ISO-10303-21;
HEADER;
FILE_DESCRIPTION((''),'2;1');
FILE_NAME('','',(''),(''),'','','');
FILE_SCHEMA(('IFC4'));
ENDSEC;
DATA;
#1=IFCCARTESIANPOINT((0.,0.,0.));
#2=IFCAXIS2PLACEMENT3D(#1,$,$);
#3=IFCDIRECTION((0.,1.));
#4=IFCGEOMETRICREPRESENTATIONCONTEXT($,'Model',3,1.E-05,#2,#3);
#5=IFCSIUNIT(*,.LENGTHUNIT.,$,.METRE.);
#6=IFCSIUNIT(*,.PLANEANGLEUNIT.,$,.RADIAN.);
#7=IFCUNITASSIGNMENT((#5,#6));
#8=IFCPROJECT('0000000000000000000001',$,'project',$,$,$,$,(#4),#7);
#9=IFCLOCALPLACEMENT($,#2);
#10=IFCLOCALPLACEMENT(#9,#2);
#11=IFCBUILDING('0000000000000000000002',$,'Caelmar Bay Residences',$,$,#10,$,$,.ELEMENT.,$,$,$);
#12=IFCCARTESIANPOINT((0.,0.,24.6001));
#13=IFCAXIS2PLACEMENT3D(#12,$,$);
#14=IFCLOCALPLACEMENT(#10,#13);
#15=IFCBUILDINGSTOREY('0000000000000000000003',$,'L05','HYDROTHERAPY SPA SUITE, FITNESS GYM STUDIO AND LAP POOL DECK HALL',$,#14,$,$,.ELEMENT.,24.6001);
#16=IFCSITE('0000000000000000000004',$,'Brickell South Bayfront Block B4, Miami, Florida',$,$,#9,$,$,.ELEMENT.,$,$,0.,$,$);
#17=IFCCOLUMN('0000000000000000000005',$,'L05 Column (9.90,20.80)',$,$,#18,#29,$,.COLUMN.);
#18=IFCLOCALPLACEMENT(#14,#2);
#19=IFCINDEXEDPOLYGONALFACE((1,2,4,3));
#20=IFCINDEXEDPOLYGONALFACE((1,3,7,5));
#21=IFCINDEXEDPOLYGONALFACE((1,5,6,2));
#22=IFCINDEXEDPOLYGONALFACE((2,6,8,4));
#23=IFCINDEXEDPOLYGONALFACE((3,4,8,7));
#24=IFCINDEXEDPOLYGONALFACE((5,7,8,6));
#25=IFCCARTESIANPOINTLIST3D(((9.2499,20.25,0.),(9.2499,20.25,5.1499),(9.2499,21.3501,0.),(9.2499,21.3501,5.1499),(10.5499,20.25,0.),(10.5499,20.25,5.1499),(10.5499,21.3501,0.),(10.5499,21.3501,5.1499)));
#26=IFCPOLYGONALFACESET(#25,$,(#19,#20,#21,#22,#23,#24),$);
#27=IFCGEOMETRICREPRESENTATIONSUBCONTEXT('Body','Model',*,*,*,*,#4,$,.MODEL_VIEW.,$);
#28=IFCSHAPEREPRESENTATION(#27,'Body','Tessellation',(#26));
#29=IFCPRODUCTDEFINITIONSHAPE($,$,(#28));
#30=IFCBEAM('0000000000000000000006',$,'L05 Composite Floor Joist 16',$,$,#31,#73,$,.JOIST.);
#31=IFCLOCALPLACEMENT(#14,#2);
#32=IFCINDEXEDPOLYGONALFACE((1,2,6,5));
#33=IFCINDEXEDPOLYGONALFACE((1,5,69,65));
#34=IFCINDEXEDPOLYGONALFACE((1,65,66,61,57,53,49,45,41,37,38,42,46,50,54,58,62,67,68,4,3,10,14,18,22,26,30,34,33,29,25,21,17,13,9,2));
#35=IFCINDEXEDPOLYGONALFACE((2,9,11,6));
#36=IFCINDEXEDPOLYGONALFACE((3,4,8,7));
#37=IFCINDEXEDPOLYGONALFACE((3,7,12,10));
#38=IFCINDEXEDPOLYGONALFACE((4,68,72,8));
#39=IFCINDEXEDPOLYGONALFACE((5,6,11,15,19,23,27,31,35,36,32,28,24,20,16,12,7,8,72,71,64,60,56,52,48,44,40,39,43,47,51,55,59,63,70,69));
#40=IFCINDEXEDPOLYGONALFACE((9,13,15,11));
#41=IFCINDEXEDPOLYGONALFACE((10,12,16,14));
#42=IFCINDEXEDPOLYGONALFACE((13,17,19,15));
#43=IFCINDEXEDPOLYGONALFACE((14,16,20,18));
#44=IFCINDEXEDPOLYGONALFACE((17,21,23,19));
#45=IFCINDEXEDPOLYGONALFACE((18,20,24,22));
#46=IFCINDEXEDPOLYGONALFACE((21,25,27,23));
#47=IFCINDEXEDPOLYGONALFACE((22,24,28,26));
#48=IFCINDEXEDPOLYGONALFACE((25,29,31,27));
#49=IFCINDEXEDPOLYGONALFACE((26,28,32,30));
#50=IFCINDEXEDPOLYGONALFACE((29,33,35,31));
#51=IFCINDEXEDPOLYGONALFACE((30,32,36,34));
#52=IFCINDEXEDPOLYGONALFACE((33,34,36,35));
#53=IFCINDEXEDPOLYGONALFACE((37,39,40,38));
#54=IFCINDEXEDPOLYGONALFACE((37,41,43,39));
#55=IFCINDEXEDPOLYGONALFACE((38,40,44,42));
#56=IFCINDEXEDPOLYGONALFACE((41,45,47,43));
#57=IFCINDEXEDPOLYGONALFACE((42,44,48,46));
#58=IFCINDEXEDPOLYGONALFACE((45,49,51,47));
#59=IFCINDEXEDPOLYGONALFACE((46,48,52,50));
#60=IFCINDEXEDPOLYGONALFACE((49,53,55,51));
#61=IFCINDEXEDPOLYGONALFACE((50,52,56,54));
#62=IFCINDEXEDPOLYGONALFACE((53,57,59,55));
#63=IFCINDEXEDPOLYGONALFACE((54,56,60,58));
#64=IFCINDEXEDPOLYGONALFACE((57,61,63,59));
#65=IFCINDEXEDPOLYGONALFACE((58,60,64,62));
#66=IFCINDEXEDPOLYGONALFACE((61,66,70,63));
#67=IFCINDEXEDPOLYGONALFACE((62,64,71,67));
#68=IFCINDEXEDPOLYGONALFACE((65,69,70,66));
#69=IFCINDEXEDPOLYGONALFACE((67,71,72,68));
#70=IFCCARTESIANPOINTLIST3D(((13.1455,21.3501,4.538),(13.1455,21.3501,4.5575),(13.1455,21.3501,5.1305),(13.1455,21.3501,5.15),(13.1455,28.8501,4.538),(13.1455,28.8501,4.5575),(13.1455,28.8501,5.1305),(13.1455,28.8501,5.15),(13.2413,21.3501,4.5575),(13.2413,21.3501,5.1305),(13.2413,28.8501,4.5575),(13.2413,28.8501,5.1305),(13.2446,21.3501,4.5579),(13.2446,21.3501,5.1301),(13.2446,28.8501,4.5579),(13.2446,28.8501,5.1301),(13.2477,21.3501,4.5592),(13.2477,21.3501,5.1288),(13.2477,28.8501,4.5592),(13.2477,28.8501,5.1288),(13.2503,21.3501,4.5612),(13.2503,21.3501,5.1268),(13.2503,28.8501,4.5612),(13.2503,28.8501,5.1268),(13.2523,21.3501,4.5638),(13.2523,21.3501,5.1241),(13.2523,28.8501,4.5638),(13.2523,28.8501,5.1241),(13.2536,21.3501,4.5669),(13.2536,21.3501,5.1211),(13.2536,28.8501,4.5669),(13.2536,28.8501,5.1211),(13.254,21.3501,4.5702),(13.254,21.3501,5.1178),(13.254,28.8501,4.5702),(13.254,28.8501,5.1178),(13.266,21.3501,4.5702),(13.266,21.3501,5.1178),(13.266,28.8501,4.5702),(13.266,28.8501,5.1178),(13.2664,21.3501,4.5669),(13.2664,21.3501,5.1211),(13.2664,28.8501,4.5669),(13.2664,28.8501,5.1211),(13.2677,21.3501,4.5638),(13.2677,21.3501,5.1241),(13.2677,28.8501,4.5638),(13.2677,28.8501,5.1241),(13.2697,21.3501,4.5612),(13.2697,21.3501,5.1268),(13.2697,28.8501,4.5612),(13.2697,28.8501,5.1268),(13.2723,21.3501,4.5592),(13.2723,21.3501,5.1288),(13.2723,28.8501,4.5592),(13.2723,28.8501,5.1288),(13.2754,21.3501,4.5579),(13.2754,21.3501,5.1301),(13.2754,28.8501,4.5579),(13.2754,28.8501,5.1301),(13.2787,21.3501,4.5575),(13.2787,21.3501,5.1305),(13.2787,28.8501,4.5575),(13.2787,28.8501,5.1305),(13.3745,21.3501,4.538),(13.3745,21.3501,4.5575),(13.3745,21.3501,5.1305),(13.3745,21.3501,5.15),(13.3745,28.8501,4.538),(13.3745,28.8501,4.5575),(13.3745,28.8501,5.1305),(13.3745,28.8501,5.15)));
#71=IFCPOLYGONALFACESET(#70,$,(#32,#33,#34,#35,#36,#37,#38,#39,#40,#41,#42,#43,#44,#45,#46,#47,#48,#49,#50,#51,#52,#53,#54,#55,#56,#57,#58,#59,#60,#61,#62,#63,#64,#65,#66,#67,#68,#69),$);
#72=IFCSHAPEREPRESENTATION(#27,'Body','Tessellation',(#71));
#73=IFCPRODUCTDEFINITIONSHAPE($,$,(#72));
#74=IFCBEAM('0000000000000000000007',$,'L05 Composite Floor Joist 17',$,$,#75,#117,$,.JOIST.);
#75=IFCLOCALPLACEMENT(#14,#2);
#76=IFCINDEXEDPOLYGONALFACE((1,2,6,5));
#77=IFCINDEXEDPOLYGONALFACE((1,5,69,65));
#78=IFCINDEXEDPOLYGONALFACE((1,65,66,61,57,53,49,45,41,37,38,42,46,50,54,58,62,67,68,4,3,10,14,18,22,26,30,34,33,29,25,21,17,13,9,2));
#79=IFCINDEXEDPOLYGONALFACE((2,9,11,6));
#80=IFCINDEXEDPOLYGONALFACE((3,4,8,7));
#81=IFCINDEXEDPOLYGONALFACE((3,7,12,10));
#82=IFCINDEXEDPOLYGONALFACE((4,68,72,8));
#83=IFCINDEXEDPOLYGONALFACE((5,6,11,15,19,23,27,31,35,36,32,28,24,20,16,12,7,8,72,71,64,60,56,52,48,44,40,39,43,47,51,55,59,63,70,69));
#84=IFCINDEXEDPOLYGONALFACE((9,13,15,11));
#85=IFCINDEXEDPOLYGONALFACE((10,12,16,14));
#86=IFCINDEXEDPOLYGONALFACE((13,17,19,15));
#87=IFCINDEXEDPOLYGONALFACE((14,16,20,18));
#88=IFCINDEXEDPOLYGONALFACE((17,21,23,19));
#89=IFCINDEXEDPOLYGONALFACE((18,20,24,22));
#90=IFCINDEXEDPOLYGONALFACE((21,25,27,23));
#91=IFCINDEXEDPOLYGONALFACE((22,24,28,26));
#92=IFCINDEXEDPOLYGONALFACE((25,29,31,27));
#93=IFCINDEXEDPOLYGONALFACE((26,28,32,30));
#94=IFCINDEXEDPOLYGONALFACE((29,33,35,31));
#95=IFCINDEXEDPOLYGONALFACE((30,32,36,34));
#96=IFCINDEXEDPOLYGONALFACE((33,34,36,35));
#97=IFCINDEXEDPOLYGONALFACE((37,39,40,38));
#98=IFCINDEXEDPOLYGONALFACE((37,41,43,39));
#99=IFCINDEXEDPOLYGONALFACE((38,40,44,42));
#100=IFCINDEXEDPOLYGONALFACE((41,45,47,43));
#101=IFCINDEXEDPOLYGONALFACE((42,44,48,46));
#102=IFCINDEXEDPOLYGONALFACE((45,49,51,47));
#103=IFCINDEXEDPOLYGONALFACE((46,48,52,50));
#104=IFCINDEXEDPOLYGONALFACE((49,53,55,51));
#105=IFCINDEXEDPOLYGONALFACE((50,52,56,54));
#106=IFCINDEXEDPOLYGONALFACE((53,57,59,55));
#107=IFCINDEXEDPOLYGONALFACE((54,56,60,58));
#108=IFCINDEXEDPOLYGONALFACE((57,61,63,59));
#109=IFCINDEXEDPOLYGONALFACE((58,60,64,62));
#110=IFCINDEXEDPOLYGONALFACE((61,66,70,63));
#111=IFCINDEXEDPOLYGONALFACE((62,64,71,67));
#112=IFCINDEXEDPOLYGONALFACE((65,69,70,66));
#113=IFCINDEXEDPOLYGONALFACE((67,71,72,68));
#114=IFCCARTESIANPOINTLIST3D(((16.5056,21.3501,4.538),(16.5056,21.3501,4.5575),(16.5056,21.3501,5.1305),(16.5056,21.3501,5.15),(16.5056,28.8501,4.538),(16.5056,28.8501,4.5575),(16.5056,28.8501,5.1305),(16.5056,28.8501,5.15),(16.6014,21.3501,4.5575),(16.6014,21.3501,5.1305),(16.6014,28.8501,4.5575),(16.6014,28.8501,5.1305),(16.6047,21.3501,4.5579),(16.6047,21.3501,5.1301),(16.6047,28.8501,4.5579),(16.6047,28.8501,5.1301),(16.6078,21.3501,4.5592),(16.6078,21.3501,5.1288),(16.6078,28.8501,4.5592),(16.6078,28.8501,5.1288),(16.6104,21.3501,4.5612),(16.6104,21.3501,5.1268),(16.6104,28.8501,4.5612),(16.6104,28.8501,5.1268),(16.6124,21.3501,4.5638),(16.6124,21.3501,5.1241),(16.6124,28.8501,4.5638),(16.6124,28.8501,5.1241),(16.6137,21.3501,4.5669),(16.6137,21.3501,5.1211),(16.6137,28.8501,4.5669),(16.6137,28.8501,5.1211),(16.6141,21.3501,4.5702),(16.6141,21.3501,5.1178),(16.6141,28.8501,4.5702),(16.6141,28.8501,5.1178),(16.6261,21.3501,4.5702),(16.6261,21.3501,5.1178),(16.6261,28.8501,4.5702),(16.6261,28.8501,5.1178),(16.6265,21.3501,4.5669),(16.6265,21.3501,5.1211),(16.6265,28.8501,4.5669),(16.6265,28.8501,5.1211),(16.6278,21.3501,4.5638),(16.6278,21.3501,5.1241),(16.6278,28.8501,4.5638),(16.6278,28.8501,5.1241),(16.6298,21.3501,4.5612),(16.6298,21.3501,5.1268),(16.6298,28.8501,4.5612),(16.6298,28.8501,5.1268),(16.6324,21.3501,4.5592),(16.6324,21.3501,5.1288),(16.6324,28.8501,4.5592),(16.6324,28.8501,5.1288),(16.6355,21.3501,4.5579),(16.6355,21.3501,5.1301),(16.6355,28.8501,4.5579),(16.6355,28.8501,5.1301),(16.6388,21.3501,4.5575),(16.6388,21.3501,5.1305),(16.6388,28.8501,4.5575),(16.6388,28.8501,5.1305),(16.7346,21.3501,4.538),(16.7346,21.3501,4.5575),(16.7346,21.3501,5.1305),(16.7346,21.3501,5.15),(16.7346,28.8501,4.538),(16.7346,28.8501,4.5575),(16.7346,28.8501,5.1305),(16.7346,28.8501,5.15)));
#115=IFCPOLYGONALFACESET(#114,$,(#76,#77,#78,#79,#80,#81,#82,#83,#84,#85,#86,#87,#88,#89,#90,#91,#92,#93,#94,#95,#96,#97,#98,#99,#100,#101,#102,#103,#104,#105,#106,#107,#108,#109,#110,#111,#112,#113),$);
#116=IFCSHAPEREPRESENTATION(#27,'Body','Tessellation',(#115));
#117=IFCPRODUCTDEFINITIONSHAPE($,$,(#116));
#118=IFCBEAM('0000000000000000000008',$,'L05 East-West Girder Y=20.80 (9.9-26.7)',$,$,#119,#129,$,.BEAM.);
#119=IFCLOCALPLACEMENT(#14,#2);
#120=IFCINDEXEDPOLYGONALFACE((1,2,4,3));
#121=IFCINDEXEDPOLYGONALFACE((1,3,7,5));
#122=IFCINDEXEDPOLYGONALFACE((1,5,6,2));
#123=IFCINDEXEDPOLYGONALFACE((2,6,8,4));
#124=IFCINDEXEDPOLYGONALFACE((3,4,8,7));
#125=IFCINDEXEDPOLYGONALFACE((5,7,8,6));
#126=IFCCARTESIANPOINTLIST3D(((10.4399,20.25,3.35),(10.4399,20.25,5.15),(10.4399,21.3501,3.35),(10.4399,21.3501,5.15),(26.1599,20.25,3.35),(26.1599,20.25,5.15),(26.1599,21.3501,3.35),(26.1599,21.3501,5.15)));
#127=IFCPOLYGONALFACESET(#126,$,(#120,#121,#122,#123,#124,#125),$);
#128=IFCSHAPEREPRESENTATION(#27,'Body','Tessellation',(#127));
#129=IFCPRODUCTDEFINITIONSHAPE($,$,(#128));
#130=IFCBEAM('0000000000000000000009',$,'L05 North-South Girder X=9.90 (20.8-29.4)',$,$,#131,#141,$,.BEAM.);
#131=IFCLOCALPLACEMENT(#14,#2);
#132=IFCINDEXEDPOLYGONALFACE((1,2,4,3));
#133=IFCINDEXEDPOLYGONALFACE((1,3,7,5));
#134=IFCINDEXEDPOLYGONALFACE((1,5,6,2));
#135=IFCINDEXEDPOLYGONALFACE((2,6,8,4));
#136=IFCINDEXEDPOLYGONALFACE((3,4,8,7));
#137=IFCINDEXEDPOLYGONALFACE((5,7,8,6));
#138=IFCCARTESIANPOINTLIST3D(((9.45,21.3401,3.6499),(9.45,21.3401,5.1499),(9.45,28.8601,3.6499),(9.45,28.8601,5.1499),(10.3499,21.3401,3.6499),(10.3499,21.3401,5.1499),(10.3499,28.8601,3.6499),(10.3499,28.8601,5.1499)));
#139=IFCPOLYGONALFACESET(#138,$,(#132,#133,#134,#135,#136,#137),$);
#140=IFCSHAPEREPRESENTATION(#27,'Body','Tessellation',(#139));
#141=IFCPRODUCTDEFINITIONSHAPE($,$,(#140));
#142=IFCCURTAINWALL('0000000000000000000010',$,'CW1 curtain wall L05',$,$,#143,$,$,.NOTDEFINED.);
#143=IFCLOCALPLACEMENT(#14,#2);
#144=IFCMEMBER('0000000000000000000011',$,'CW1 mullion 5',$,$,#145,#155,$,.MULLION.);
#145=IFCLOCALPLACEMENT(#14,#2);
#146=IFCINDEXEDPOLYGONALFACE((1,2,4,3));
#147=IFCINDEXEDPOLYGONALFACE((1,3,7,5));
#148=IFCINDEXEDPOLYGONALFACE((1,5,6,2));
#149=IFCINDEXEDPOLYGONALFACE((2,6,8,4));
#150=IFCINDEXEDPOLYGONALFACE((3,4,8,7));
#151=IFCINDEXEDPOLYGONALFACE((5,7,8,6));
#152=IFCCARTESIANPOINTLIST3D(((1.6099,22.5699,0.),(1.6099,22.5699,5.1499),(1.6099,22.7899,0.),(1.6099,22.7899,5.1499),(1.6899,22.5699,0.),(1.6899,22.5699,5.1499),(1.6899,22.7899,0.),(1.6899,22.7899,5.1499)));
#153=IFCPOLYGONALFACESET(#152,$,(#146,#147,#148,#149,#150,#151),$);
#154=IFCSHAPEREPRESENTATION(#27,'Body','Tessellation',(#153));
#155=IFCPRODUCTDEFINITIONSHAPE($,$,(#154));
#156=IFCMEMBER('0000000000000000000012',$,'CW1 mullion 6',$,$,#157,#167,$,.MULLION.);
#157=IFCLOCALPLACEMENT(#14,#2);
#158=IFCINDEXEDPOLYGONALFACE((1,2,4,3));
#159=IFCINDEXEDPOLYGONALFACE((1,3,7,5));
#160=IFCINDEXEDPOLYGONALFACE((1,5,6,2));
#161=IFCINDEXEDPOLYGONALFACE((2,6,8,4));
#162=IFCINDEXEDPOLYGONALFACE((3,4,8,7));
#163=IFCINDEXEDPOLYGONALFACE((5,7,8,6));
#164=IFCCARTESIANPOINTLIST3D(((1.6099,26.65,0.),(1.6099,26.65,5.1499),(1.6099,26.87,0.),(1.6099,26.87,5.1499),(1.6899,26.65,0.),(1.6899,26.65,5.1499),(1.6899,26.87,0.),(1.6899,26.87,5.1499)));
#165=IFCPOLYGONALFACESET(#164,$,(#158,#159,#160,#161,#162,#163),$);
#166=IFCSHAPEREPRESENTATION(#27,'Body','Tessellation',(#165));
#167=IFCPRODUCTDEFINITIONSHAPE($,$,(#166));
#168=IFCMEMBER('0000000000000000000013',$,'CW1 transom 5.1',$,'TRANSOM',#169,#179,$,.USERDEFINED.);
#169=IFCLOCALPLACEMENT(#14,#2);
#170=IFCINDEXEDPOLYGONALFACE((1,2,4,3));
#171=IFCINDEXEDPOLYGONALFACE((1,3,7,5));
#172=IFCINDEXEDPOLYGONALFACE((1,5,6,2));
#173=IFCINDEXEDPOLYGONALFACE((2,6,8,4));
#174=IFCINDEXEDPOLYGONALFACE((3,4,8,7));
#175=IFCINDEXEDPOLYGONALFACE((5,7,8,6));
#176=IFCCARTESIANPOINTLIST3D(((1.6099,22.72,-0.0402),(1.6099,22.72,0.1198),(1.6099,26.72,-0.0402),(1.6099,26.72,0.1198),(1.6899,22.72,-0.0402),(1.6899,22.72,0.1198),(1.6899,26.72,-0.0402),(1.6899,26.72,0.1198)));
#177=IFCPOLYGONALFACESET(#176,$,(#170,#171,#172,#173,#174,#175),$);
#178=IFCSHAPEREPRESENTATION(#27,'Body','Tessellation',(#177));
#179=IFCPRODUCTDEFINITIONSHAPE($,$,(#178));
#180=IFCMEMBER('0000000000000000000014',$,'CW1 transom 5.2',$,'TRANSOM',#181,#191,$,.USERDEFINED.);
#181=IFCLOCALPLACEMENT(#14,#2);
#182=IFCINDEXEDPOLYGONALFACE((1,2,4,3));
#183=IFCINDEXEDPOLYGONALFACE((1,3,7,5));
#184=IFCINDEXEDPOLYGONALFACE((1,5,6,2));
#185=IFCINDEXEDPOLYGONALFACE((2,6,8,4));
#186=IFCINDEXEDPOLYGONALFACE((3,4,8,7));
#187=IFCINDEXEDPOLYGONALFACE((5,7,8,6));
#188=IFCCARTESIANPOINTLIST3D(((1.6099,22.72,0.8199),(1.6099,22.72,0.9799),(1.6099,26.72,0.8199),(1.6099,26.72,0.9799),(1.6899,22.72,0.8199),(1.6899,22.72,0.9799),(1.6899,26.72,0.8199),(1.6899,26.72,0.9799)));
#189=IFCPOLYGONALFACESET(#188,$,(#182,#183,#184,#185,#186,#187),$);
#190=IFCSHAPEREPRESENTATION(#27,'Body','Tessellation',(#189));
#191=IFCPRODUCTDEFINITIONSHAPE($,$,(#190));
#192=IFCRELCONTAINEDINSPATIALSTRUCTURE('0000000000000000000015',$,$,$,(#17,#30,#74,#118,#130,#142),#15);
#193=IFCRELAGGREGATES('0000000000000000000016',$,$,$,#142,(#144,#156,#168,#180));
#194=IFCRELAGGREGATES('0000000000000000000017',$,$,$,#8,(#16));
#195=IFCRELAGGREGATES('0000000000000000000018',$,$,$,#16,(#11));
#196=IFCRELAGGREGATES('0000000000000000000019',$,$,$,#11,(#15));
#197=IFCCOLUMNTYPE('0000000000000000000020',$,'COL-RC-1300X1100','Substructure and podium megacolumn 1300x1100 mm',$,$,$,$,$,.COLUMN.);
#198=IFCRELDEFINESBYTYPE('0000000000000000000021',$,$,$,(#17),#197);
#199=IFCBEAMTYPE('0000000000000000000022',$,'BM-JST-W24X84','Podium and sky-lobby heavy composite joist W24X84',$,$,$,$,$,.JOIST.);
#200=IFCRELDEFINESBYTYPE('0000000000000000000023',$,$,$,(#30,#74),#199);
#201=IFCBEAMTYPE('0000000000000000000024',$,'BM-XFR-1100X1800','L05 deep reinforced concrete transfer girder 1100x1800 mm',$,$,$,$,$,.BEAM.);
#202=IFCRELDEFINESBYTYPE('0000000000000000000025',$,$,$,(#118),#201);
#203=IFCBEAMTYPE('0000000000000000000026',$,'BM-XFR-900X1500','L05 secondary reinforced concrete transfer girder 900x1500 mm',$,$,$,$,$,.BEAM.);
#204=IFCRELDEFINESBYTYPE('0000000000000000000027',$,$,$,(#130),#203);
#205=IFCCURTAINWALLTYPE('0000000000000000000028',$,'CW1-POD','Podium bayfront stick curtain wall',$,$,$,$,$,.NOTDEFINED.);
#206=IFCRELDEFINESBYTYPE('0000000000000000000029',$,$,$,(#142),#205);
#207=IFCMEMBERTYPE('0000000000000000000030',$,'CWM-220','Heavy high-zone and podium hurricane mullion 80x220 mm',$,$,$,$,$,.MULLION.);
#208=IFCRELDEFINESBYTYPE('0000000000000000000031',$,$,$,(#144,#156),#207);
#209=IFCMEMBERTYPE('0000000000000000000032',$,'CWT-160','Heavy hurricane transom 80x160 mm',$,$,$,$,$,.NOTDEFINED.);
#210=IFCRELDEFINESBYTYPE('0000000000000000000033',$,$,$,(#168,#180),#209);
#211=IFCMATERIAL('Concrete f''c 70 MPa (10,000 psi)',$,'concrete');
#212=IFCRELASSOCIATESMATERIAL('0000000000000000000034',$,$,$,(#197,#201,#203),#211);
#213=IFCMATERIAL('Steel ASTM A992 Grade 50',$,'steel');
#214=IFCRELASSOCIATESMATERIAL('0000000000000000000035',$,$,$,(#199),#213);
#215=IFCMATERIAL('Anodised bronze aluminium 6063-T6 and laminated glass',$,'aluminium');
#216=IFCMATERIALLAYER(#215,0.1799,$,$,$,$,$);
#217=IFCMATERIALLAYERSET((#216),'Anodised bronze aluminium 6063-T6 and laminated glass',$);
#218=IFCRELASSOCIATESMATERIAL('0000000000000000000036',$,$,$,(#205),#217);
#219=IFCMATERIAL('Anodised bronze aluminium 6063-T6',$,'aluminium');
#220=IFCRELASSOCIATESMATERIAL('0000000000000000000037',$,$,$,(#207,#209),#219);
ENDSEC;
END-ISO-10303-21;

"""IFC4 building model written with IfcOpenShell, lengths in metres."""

from ifc_helpers import new_model, si_unit, direction, frame, origin, origin_2d, place, context, subcontext, project, spatial, rectangle, i_section, extrude, material, layer, layer_set, material_profile, profile_set, type_object, element, aggregate, save


model = new_model("IFC4")

# Units and contexts
model_context = context("Model", 3, precision=1e-05, world=origin(), true_north=direction((0.0, 1.0)))
body_context = subcontext(model_context, "Body", "Model", "MODEL_VIEW")
ifc_project = project(units=[si_unit("LENGTHUNIT", "METRE"), si_unit("PLANEANGLEUNIT", "RADIAN")], contexts=[model_context])

# Site, building, storey
site_placement = place(None, origin())
site = spatial("IfcSite", under=ifc_project, at=site_placement, Name="Brickell South Bayfront Block B4, Miami, Florida", CompositionType="ELEMENT", RefElevation=0.0)
building_placement = place(site_placement, origin())
building = spatial("IfcBuilding", under=site, at=building_placement, Name="Caelmar Bay Residences", CompositionType="ELEMENT")
storey_placement = place(building_placement, frame((0.0, 0.0, 24.6001)))
storey = spatial("IfcBuildingStorey", under=building, at=storey_placement, Name="L05", Description="HYDROTHERAPY SPA SUITE, FITNESS GYM STUDIO AND LAP POOL DECK HALL", CompositionType="ELEMENT", Elevation=24.6001)

# Column
ifc_material_1 = material(Name="Concrete f'c 70 MPa (10,000 psi)", Category="concrete")
ifc_material_profile_1 = material_profile(ifc_material_1, rectangle(XDim=1.3, YDim=1.1001, at=origin_2d()), Name="RC-COL-1300X1100")
ifc_profile_set_1 = profile_set([ifc_material_profile_1], Name="Concrete f'c 70 MPa (10,000 psi)")
column_type = type_object("IfcColumnType", Name="COL-RC-1300X1100", Description="Substructure and podium megacolumn 1300x1100 mm", PredefinedType="COLUMN", material=ifc_profile_set_1)
column_placement = place(storey_placement, frame((9.8999, 20.8, 0.0), z_axis=(0.0, 0.0, 1.0), x_axis=(1.0, 0.0, 0.0)))
element("IfcColumn", 1, at=column_placement, inside=storey, type_object=column_type, Name="L05 Column (9.90,20.80)", PredefinedType="COLUMN", context=body_context, shape_type="SweptSolid", body=[
    extrude(rectangle(XDim=1.3, YDim=1.1001, at=origin_2d()), origin(), (0.0, 0.0, 1.0), 5.1499),
])

# Beams
ifc_material_2 = material(Name="Steel ASTM A992 Grade 50", Category="steel")
ifc_material_profile_2 = material_profile(ifc_material_2, i_section(OverallWidth=0.229, OverallDepth=0.6121, WebThickness=0.012, FlangeThickness=0.0195, FilletRadius=0.0127, at=origin_2d()), Name="W24X84")
ifc_profile_set_2 = profile_set([ifc_material_profile_2], Name="Steel ASTM A992 Grade 50")
beam_type_1 = type_object("IfcBeamType", Name="BM-JST-W24X84", Description="Podium and sky-lobby heavy composite joist W24X84", PredefinedType="JOIST", material=ifc_profile_set_2)
for number, where, z_axis, x_axis, name in (
    (2, (13.26, 21.3501, 4.844), (0.0, 1.0, 0.0), (-1.0, 0.0, 0.0), "L05 Composite Floor Joist 16"),
    (3, (16.6201, 21.3501, 4.844), (0.0, 1.0, 0.0), (-1.0, 0.0, 0.0), "L05 Composite Floor Joist 17"),
):
    element("IfcBeam", number, at=place(storey_placement, frame(where, z_axis=z_axis, x_axis=x_axis)), inside=storey, type_object=beam_type_1, Name=name, PredefinedType="JOIST", context=body_context, shape_type="SweptSolid", body=[
        extrude(i_section(OverallWidth=0.229, OverallDepth=0.6121, WebThickness=0.012, FlangeThickness=0.0195, FilletRadius=0.0127, at=origin_2d()), origin(), (0.0, 0.0, 1.0), 7.5),
    ])
ifc_material_profile_3 = material_profile(ifc_material_1, rectangle(XDim=1.1001, YDim=1.8, at=origin_2d()), Name="RC-BM-1100X1800")
ifc_profile_set_3 = profile_set([ifc_material_profile_3], Name="Concrete f'c 70 MPa (10,000 psi)")
beam_type_2 = type_object("IfcBeamType", Name="BM-XFR-1100X1800", Description="L05 deep reinforced concrete transfer girder 1100x1800 mm", PredefinedType="BEAM", material=ifc_profile_set_3)
beam_1_placement = place(storey_placement, frame((10.4399, 20.8, 4.25), z_axis=(1.0, 0.0, 0.0), x_axis=(0.0, 1.0, 0.0)))
element("IfcBeam", 4, at=beam_1_placement, inside=storey, type_object=beam_type_2, Name="L05 East-West Girder Y=20.80 (9.9-26.7)", PredefinedType="BEAM", context=body_context, shape_type="SweptSolid", body=[
    extrude(rectangle(XDim=1.1001, YDim=1.8, at=origin_2d()), origin(), (0.0, 0.0, 1.0), 15.72),
])
ifc_material_profile_4 = material_profile(ifc_material_1, rectangle(XDim=0.8999, YDim=1.5, at=origin_2d()), Name="RC-BM-900X1500")
ifc_profile_set_4 = profile_set([ifc_material_profile_4], Name="Concrete f'c 70 MPa (10,000 psi)")
beam_type_3 = type_object("IfcBeamType", Name="BM-XFR-900X1500", Description="L05 secondary reinforced concrete transfer girder 900x1500 mm", PredefinedType="BEAM", material=ifc_profile_set_4)
beam_2_placement = place(storey_placement, frame((9.8999, 21.3401, 4.3999), z_axis=(0.0, 1.0, 0.0), x_axis=(-1.0, 0.0, 0.0)))
element("IfcBeam", 5, at=beam_2_placement, inside=storey, type_object=beam_type_3, Name="L05 North-South Girder X=9.90 (20.8-29.4)", PredefinedType="BEAM", context=body_context, shape_type="SweptSolid", body=[
    extrude(rectangle(XDim=0.8999, YDim=1.5, at=origin_2d()), origin(), (0.0, 0.0, 1.0), 7.52),
])

# Curtain wall, members
ifc_material_3 = material(Name="Anodised bronze aluminium 6063-T6 and laminated glass", Category="aluminium")
ifc_layer_1 = layer(ifc_material_3, 0.1799)
ifc_layer_set_1 = layer_set([ifc_layer_1], Name="Anodised bronze aluminium 6063-T6 and laminated glass")
curtain_wall_type = type_object("IfcCurtainWallType", Name="CW1-POD", Description="Podium bayfront stick curtain wall", PredefinedType="NOTDEFINED", material=ifc_layer_set_1)
curtain_wall_placement = place(storey_placement, origin())
curtain_wall = element("IfcCurtainWall", 6, at=curtain_wall_placement, inside=storey, type_object=curtain_wall_type, Name="CW1 curtain wall L05", PredefinedType="NOTDEFINED")
ifc_material_4 = material(Name="Anodised bronze aluminium 6063-T6", Category="aluminium")
ifc_material_profile_5 = material_profile(ifc_material_4, rectangle(XDim=0.0801, YDim=0.22, at=origin_2d()), Name="CWM-80X220")
ifc_profile_set_5 = profile_set([ifc_material_profile_5], Name="Anodised bronze aluminium 6063-T6")
member_type_1 = type_object("IfcMemberType", Name="CWM-220", Description="Heavy high-zone and podium hurricane mullion 80x220 mm", PredefinedType="MULLION", material=ifc_profile_set_5)
member_1_placement = place(storey_placement, frame((1.6499, 22.6799, 0.0), z_axis=(0.0, 0.0, 1.0), x_axis=(-1.0, 0.0, 0.0)))
member_1 = element("IfcMember", 7, at=member_1_placement, type_object=member_type_1, Name="CW1 mullion 5", PredefinedType="MULLION", context=body_context, shape_type="SweptSolid", body=[
    extrude(rectangle(XDim=0.0801, YDim=0.22, at=origin_2d()), origin(), (0.0, 0.0, 1.0), 5.1499),
])
member_2_placement = place(storey_placement, frame((1.6499, 26.76, 0.0), z_axis=(0.0, 0.0, 1.0), x_axis=(-1.0, 0.0, 0.0)))
member_2 = element("IfcMember", 8, at=member_2_placement, type_object=member_type_1, Name="CW1 mullion 6", PredefinedType="MULLION", context=body_context, shape_type="SweptSolid", body=[
    extrude(rectangle(XDim=0.0801, YDim=0.22, at=origin_2d()), origin(), (0.0, 0.0, 1.0), 5.1499),
])
ifc_material_profile_6 = material_profile(ifc_material_4, rectangle(XDim=0.0801, YDim=0.1599, at=origin_2d()), Name="CWT-80X160")
ifc_profile_set_6 = profile_set([ifc_material_profile_6], Name="Anodised bronze aluminium 6063-T6")
member_type_2 = type_object("IfcMemberType", Name="CWT-160", Description="Heavy hurricane transom 80x160 mm", PredefinedType="NOTDEFINED", material=ifc_profile_set_6)
member_3_placement = place(storey_placement, frame((1.6499, 22.72, 0.0398), z_axis=(0.0, 1.0, 0.0), x_axis=(-1.0, 0.0, 0.0)))
member_3 = element("IfcMember", 9, at=member_3_placement, type_object=member_type_2, Name="CW1 transom 5.1", ObjectType="TRANSOM", PredefinedType="USERDEFINED", context=body_context, shape_type="SweptSolid", body=[
    extrude(rectangle(XDim=0.0801, YDim=0.1599, at=origin_2d()), origin(), (0.0, 0.0, 1.0), 4.0),
])
member_4_placement = place(storey_placement, frame((1.6499, 22.72, 0.8999), z_axis=(0.0, 1.0, 0.0), x_axis=(-1.0, 0.0, 0.0)))
member_4 = element("IfcMember", 10, at=member_4_placement, type_object=member_type_2, Name="CW1 transom 5.2", ObjectType="TRANSOM", PredefinedType="USERDEFINED", context=body_context, shape_type="SweptSolid", body=[
    extrude(rectangle(XDim=0.0801, YDim=0.1599, at=origin_2d()), origin(), (0.0, 0.0, 1.0), 4.0),
])
aggregate(curtain_wall, [member_1, member_2, member_3, member_4])

save(model, "model.ifc")
